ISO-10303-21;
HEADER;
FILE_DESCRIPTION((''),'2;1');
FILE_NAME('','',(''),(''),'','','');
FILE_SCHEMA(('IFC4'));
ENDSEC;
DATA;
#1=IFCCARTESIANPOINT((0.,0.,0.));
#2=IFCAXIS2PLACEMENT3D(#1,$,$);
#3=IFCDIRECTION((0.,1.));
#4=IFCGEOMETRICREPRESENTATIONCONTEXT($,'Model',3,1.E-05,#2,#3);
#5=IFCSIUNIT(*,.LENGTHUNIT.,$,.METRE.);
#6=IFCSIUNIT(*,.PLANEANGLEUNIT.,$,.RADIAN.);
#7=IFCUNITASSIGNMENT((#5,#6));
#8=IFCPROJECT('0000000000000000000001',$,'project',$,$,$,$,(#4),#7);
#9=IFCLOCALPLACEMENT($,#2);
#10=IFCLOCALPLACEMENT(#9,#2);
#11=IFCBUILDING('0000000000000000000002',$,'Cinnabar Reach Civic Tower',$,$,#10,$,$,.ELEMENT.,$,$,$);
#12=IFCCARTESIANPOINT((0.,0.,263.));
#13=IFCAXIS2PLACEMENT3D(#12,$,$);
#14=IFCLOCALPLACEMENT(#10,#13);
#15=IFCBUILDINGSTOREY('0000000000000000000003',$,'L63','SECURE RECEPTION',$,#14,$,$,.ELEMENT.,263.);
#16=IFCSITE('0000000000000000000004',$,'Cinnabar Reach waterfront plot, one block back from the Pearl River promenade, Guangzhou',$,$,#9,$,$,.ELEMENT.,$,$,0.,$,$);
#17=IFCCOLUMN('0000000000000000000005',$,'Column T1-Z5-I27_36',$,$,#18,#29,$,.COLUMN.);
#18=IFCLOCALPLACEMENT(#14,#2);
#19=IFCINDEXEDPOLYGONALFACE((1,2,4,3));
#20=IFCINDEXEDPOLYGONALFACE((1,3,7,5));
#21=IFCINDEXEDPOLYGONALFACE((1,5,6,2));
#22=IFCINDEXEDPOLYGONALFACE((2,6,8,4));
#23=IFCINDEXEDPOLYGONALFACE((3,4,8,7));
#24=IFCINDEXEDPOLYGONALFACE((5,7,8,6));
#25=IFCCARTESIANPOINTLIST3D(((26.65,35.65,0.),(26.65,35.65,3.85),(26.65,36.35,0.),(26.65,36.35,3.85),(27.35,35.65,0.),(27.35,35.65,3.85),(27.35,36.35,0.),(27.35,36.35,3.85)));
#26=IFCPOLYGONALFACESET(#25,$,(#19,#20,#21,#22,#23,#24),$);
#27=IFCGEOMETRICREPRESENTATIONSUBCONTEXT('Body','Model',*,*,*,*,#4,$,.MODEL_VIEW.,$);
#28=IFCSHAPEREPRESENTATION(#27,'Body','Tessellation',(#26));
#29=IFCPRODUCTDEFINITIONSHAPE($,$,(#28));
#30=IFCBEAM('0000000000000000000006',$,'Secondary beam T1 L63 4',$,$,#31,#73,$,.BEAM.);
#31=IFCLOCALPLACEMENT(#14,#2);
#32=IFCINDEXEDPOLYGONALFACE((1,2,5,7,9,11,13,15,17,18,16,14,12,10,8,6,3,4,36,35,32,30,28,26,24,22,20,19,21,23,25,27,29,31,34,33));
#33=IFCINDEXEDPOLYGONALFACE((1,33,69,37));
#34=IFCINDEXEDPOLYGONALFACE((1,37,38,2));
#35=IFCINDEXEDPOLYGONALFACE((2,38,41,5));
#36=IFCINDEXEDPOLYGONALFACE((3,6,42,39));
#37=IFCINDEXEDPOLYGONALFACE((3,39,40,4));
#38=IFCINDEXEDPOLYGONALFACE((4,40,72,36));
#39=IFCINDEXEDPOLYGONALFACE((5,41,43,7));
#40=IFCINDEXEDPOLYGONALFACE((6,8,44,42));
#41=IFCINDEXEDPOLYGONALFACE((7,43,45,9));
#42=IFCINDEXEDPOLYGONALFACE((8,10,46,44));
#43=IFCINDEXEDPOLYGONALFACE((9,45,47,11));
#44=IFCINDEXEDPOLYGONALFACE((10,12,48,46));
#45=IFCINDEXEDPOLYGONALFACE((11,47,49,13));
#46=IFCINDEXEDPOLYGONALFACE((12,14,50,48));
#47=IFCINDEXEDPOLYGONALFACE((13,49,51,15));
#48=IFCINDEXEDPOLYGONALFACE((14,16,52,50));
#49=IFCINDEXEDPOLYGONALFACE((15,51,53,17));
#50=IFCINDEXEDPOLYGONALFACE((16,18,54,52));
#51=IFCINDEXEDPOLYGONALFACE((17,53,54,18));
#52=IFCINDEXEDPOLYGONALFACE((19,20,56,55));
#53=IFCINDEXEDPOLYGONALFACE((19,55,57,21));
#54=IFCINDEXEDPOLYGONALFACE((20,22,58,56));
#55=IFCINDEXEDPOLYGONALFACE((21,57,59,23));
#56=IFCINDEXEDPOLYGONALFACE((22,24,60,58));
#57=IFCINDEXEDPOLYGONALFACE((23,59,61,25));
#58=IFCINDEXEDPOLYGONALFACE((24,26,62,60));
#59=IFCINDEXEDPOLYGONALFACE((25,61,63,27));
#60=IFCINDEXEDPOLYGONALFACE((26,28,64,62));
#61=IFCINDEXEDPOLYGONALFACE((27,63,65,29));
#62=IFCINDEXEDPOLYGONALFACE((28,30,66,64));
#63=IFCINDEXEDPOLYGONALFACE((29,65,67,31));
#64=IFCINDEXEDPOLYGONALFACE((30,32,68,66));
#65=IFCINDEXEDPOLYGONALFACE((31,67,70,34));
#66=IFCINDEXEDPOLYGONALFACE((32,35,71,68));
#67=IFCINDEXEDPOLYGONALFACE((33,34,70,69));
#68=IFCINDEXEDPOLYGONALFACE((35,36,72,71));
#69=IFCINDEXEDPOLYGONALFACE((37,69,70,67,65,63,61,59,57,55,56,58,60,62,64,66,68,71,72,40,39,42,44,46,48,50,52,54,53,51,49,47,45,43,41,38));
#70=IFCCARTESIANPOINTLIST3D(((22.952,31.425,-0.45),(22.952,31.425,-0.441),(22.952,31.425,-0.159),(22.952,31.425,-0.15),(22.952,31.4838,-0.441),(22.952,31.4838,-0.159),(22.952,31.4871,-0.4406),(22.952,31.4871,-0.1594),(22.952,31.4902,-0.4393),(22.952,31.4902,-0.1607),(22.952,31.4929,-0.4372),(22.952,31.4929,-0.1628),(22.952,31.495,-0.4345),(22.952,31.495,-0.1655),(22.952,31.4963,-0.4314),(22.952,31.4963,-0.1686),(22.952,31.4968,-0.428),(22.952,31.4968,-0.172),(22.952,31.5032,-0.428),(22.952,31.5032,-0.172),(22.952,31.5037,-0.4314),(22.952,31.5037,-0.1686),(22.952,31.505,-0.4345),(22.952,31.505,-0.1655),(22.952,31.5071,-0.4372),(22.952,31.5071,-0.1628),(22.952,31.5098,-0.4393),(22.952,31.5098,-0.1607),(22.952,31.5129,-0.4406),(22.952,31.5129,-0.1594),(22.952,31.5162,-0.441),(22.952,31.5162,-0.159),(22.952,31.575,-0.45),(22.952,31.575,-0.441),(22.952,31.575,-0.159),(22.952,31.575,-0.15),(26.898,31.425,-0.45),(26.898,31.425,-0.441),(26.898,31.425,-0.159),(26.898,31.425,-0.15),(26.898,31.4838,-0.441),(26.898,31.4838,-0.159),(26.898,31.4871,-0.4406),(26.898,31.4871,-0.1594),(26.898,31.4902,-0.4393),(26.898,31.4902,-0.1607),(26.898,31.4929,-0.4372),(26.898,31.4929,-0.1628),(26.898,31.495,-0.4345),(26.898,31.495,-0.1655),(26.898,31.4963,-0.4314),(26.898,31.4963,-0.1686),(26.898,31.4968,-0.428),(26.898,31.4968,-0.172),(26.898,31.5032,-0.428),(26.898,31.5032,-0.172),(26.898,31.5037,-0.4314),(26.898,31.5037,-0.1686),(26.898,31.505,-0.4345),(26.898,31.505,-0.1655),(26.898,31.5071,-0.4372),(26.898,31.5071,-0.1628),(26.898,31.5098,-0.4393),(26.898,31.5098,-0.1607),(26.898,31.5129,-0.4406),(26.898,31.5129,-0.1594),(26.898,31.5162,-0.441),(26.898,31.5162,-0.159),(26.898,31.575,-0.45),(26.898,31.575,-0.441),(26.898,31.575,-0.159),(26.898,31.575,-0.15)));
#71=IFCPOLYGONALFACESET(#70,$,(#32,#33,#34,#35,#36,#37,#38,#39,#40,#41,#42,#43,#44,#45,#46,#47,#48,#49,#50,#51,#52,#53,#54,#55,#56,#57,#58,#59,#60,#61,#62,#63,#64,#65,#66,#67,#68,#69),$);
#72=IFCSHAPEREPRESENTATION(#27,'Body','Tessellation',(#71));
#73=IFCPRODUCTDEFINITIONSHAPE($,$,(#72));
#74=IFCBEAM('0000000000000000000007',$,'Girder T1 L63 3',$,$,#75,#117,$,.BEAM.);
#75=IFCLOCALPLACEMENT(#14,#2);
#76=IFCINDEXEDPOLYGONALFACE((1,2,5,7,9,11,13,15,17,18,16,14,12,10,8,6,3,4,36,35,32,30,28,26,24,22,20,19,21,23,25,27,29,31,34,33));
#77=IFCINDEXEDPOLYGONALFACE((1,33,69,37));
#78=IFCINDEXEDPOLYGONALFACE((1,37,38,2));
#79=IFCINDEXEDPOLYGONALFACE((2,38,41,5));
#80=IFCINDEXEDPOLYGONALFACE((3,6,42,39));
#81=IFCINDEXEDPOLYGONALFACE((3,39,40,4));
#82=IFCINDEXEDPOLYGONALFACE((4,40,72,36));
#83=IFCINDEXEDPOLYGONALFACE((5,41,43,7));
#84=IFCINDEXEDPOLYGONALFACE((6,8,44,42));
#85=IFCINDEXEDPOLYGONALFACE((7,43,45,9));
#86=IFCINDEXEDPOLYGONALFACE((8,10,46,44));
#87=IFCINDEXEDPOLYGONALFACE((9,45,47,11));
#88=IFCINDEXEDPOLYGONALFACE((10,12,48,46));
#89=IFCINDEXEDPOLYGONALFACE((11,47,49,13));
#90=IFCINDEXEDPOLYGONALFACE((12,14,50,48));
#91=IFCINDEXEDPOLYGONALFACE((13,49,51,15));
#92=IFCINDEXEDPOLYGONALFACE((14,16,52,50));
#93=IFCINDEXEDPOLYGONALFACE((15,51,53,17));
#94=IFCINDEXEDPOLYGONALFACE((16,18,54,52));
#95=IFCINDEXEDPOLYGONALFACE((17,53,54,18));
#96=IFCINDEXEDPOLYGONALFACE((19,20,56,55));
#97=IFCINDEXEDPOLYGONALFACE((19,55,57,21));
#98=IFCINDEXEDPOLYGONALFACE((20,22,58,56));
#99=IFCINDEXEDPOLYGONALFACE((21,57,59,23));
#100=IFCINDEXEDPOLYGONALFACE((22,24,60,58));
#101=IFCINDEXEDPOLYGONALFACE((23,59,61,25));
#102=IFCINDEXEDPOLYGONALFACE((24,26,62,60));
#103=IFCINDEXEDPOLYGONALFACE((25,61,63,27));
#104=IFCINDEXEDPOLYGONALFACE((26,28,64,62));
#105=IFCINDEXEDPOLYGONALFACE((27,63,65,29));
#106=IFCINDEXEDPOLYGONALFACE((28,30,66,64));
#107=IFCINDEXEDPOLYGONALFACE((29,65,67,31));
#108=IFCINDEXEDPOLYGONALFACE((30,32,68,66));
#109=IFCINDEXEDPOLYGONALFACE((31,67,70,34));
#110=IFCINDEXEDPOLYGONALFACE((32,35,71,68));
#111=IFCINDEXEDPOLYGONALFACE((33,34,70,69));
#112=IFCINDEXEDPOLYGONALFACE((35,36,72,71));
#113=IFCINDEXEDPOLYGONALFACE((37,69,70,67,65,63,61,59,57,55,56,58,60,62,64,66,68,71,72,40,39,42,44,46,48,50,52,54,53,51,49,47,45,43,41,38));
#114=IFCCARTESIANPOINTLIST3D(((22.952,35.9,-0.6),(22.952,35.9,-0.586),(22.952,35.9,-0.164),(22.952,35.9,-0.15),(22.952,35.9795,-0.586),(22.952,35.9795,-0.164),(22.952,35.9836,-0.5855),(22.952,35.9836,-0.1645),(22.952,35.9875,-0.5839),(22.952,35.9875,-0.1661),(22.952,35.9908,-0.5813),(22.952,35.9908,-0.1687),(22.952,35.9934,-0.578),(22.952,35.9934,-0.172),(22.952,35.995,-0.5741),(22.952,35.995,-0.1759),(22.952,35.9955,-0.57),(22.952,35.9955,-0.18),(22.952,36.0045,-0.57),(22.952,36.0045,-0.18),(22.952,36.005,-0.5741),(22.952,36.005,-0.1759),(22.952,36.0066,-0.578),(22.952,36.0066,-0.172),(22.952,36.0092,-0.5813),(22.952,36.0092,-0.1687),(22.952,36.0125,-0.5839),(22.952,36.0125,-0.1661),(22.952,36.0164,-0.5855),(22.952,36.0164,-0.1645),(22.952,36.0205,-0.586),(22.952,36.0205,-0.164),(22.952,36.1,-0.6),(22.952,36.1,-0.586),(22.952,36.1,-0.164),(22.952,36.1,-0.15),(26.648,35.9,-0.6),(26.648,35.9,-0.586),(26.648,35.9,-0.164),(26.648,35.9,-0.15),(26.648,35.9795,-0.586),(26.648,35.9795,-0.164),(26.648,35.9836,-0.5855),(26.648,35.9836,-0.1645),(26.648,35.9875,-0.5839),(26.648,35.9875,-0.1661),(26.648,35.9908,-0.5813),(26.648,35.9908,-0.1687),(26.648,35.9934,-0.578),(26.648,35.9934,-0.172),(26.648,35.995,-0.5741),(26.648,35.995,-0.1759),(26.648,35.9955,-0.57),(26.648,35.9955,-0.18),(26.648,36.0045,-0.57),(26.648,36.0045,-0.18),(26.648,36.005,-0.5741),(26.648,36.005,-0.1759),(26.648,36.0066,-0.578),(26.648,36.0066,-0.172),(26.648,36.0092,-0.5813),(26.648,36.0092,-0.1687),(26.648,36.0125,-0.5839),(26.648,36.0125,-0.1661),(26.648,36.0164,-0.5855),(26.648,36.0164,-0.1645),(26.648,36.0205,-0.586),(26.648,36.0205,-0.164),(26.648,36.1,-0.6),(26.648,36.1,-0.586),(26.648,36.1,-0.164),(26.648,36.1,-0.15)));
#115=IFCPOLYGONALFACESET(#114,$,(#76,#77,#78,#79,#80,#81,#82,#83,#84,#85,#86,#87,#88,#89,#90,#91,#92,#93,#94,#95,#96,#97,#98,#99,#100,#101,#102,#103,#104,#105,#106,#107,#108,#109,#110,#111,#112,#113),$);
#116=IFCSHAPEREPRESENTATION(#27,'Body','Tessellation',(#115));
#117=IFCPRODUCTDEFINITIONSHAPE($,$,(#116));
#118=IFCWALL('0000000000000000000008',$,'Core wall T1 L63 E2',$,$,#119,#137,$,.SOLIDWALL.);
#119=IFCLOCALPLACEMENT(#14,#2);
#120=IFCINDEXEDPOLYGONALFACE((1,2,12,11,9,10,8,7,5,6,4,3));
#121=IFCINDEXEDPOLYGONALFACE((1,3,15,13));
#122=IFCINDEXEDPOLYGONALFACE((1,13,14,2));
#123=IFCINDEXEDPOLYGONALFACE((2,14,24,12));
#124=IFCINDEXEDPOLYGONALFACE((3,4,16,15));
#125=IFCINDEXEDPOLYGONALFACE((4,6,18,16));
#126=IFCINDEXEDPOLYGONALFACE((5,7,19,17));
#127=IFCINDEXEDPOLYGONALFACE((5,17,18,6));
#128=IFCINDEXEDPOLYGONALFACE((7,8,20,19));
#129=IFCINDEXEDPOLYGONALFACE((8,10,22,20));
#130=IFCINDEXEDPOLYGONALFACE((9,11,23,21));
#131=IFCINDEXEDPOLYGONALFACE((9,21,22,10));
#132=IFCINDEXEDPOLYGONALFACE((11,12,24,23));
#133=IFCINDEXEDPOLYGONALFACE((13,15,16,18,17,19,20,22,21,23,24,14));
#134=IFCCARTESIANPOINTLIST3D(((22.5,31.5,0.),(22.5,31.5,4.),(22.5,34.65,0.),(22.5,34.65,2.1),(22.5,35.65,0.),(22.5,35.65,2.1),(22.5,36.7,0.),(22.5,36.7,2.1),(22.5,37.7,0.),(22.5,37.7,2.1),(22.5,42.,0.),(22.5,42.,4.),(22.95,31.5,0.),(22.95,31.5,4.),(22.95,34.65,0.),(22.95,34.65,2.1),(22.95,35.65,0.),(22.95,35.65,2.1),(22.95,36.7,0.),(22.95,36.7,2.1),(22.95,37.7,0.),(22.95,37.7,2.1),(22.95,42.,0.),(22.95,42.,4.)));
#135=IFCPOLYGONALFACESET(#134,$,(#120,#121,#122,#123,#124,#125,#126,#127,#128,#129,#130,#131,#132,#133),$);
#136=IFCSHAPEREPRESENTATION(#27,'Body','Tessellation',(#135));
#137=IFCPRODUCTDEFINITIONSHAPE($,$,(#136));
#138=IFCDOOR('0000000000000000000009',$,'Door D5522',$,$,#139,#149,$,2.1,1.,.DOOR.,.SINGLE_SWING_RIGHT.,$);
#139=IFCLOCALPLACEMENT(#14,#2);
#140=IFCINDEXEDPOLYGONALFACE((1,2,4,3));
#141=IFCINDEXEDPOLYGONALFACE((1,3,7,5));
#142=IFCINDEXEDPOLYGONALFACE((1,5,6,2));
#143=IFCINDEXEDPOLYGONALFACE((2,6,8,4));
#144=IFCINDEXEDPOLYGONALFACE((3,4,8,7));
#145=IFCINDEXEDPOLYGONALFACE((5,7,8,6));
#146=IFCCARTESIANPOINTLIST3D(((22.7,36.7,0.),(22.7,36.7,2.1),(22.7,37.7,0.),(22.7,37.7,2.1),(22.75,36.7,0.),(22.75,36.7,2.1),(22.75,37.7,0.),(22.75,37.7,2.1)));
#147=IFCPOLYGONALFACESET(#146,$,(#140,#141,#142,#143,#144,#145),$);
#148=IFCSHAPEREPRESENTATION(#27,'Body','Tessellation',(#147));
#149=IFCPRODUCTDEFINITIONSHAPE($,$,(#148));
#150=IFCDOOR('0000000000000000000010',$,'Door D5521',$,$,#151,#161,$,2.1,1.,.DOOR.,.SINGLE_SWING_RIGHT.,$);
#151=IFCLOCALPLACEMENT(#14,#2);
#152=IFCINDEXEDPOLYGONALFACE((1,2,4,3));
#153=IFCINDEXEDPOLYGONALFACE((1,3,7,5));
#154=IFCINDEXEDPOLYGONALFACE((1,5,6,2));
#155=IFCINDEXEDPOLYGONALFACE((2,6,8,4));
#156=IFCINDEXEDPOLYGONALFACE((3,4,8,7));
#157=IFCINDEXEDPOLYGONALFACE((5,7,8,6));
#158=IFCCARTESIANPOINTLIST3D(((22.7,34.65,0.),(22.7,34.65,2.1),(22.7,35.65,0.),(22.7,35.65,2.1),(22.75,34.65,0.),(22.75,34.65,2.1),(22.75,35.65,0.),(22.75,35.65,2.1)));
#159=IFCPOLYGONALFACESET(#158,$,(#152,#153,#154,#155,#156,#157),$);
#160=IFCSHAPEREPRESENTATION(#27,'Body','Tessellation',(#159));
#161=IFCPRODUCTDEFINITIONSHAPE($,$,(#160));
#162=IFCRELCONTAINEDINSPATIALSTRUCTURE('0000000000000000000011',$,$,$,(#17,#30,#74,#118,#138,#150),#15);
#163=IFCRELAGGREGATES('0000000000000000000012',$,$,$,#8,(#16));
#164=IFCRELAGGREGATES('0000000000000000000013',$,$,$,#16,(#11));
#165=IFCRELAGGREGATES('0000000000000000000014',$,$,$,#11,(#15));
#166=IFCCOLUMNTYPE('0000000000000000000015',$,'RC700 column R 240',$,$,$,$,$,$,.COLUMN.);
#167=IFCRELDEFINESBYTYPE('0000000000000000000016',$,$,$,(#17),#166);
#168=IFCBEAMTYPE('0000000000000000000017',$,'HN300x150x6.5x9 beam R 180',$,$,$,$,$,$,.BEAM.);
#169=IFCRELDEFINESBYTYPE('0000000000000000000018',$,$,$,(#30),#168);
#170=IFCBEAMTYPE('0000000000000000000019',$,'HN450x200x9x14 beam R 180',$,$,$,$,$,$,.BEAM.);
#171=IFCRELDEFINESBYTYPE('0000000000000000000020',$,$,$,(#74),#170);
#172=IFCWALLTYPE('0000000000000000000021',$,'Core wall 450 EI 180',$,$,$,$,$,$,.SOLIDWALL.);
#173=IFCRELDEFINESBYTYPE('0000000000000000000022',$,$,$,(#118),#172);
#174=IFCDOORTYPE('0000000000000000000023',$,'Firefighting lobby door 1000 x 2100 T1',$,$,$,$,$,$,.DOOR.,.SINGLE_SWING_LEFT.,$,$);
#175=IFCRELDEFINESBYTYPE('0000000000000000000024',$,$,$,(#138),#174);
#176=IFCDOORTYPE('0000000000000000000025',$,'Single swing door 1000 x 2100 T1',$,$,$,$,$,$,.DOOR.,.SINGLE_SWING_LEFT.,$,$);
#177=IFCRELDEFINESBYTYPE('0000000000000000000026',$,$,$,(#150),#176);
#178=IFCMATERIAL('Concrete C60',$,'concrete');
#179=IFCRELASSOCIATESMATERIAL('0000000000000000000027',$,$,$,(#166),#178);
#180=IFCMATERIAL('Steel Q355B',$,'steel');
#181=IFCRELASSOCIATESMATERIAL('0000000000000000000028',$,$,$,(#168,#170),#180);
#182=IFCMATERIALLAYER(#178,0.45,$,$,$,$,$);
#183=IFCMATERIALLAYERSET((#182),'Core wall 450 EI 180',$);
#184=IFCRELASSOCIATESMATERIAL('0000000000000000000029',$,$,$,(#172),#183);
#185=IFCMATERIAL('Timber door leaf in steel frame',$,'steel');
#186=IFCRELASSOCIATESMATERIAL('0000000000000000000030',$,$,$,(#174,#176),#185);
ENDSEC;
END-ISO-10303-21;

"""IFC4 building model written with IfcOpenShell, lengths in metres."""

from ifc_helpers import new_model, si_unit, direction, frame, frame_2d, origin, origin_2d, place, context, subcontext, project, spatial, rectangle, i_section, extrude, material, layer, layer_set, material_profile, profile_set, type_object, element, fill, save


model = new_model("IFC4")

# Units and contexts
model_context = context("Model", 3, precision=1e-05, world=origin(), true_north=direction((0.0, 1.0)))
body_context = subcontext(model_context, "Body", "Model", "MODEL_VIEW")
ifc_project = project(units=[si_unit("LENGTHUNIT", "METRE"), si_unit("PLANEANGLEUNIT", "RADIAN")], contexts=[model_context])

# Site, building, storey
site_placement = place(None, origin())
site = spatial("IfcSite", under=ifc_project, at=site_placement, Name="Cinnabar Reach waterfront plot, one block back from the Pearl River promenade, Guangzhou", CompositionType="ELEMENT", RefElevation=0.0)
building_placement = place(site_placement, origin())
building = spatial("IfcBuilding", under=site, at=building_placement, Name="Cinnabar Reach Civic Tower", CompositionType="ELEMENT")
storey_placement = place(building_placement, frame((0.0, 0.0, 263.0)))
storey = spatial("IfcBuildingStorey", under=building, at=storey_placement, Name="L63", Description="SECURE RECEPTION", CompositionType="ELEMENT", Elevation=263.0)

# Column
ifc_material_1 = material(Name="Concrete C60", Category="concrete")
ifc_material_profile_1 = material_profile(ifc_material_1, rectangle(XDim=0.7, YDim=0.7, at=origin_2d()), Name="RC700")
ifc_profile_set_1 = profile_set([ifc_material_profile_1], Name="Concrete C60")
column_type = type_object("IfcColumnType", Name="RC700 column R 240", PredefinedType="COLUMN", material=ifc_profile_set_1)
column_placement = place(storey_placement, frame((27.0, 36.0, 0.0), z_axis=(0.0, 0.0, 1.0), x_axis=(1.0, 0.0, 0.0)))
element("IfcColumn", 1, at=column_placement, inside=storey, type_object=column_type, Name="Column T1-Z5-I27_36", PredefinedType="COLUMN", context=body_context, shape_type="SweptSolid", body=[
    extrude(rectangle(XDim=0.7, YDim=0.7, at=origin_2d()), origin(), (0.0, 0.0, 1.0), 3.85),
])

# Beams
ifc_material_2 = material(Name="Steel Q355B", Category="steel")
ifc_material_profile_2 = material_profile(ifc_material_2, i_section(OverallWidth=0.15, OverallDepth=0.3, WebThickness=0.0065, FlangeThickness=0.009, FilletRadius=0.013, at=origin_2d()), Name="HN300x150x6.5x9")
ifc_profile_set_2 = profile_set([ifc_material_profile_2], Name="Steel Q355B")
beam_type_1 = type_object("IfcBeamType", Name="HN300x150x6.5x9 beam R 180", PredefinedType="BEAM", material=ifc_profile_set_2)
beam_1_placement = place(storey_placement, frame((22.952, 31.5, -0.3), z_axis=(1.0, 0.0, 0.0), x_axis=(0.0, 1.0, 0.0)))
element("IfcBeam", 2, at=beam_1_placement, inside=storey, type_object=beam_type_1, Name="Secondary beam T1 L63 4", PredefinedType="BEAM", context=body_context, shape_type="SweptSolid", body=[
    extrude(i_section(OverallWidth=0.15, OverallDepth=0.3, WebThickness=0.0065, FlangeThickness=0.009, FilletRadius=0.013, at=origin_2d()), origin(), (0.0, 0.0, 1.0), 3.946),
])
ifc_material_profile_3 = material_profile(ifc_material_2, i_section(OverallWidth=0.2, OverallDepth=0.45, WebThickness=0.009, FlangeThickness=0.014, FilletRadius=0.016, at=origin_2d()), Name="HN450x200x9x14")
ifc_profile_set_3 = profile_set([ifc_material_profile_3], Name="Steel Q355B")
beam_type_2 = type_object("IfcBeamType", Name="HN450x200x9x14 beam R 180", PredefinedType="BEAM", material=ifc_profile_set_3)
beam_2_placement = place(storey_placement, frame((22.952, 36.0, -0.375), z_axis=(1.0, 0.0, 0.0), x_axis=(0.0, 1.0, 0.0)))
element("IfcBeam", 3, at=beam_2_placement, inside=storey, type_object=beam_type_2, Name="Girder T1 L63 3", PredefinedType="BEAM", context=body_context, shape_type="SweptSolid", body=[
    extrude(i_section(OverallWidth=0.2, OverallDepth=0.45, WebThickness=0.009, FlangeThickness=0.014, FilletRadius=0.016, at=origin_2d()), origin(), (0.0, 0.0, 1.0), 3.696),
])

# Wall, openings, doors
ifc_layer_1 = layer(ifc_material_1, 0.45)
ifc_layer_set_1 = layer_set([ifc_layer_1], Name="Core wall 450 EI 180")
wall_type_1 = type_object("IfcWallType", Name="Core wall 450 EI 180", PredefinedType="SOLIDWALL", material=ifc_layer_set_1)
wall_1_placement = place(storey_placement, frame((22.725, 31.5, 0.0), z_axis=(0.0, 0.0, 1.0), x_axis=(0.0, 1.0, 0.0)))
wall_1 = element("IfcWall", 4, at=wall_1_placement, inside=storey, type_object=wall_type_1, Name="Core wall T1 L63 E2", PredefinedType="SOLIDWALL", context=body_context, shape_type="SweptSolid", body=[
    extrude(rectangle(XDim=10.5, YDim=0.45, at=frame_2d((5.25, 0.0))), origin(), (0.0, 0.0, 1.0), 4.0),
])
opening_1_placement = place(wall_1_placement, frame((3.15, 0.0, 0.0)))
opening_1 = element("IfcOpeningElement", 5, at=opening_1_placement, cuts=wall_1, PredefinedType="OPENING", context=body_context, shape_type="SweptSolid", body=[
    extrude(rectangle(XDim=1.0, YDim=2.1, at=frame_2d((0.5, 1.05))), frame((0.0, 0.235, 0.0), z_axis=(0.0, -1.0, 0.0), x_axis=(1.0, 0.0, 0.0)), (0.0, 0.0, 1.0), 0.47),
])
opening_2_placement = place(wall_1_placement, frame((5.2, 0.0, 0.0)))
opening_2 = element("IfcOpeningElement", 6, at=opening_2_placement, cuts=wall_1, PredefinedType="OPENING", context=body_context, shape_type="SweptSolid", body=[
    extrude(rectangle(XDim=1.0, YDim=2.1, at=frame_2d((0.5, 1.05))), frame((0.0, 0.235, 0.0), z_axis=(0.0, -1.0, 0.0), x_axis=(1.0, 0.0, 0.0)), (0.0, 0.0, 1.0), 0.47),
])
ifc_material_3 = material(Name="Timber door leaf in steel frame", Category="steel")
door_type_1 = type_object("IfcDoorType", Name="Firefighting lobby door 1000 x 2100 T1", OperationType="SINGLE_SWING_LEFT", PredefinedType="DOOR", material=ifc_material_3)
door_1_placement = place(opening_2_placement, origin())
door_1 = element("IfcDoor", 7, at=door_1_placement, inside=storey, type_object=door_type_1, Name="Door D5522", OperationType="SINGLE_SWING_RIGHT", OverallHeight=2.1, OverallWidth=1.0, PredefinedType="DOOR", context=body_context, shape_type="SweptSolid", body=[
    extrude(rectangle(XDim=1.0, YDim=2.1, at=frame_2d((0.5, 1.05))), frame((0.0, 0.025, 0.0), z_axis=(0.0, -1.0, 0.0), x_axis=(1.0, 0.0, 0.0)), (0.0, 0.0, 1.0), 0.05),
])
fill(opening_2, door_1)
door_type_2 = type_object("IfcDoorType", Name="Single swing door 1000 x 2100 T1", OperationType="SINGLE_SWING_LEFT", PredefinedType="DOOR", material=ifc_material_3)
door_2_placement = place(opening_1_placement, origin())
door_2 = element("IfcDoor", 8, at=door_2_placement, inside=storey, type_object=door_type_2, Name="Door D5521", OperationType="SINGLE_SWING_RIGHT", OverallHeight=2.1, OverallWidth=1.0, PredefinedType="DOOR", context=body_context, shape_type="SweptSolid", body=[
    extrude(rectangle(XDim=1.0, YDim=2.1, at=frame_2d((0.5, 1.05))), frame((0.0, 0.025, 0.0), z_axis=(0.0, -1.0, 0.0), x_axis=(1.0, 0.0, 0.0)), (0.0, 0.0, 1.0), 0.05),
])
fill(opening_1, door_2)

save(model, "model.ifc")
